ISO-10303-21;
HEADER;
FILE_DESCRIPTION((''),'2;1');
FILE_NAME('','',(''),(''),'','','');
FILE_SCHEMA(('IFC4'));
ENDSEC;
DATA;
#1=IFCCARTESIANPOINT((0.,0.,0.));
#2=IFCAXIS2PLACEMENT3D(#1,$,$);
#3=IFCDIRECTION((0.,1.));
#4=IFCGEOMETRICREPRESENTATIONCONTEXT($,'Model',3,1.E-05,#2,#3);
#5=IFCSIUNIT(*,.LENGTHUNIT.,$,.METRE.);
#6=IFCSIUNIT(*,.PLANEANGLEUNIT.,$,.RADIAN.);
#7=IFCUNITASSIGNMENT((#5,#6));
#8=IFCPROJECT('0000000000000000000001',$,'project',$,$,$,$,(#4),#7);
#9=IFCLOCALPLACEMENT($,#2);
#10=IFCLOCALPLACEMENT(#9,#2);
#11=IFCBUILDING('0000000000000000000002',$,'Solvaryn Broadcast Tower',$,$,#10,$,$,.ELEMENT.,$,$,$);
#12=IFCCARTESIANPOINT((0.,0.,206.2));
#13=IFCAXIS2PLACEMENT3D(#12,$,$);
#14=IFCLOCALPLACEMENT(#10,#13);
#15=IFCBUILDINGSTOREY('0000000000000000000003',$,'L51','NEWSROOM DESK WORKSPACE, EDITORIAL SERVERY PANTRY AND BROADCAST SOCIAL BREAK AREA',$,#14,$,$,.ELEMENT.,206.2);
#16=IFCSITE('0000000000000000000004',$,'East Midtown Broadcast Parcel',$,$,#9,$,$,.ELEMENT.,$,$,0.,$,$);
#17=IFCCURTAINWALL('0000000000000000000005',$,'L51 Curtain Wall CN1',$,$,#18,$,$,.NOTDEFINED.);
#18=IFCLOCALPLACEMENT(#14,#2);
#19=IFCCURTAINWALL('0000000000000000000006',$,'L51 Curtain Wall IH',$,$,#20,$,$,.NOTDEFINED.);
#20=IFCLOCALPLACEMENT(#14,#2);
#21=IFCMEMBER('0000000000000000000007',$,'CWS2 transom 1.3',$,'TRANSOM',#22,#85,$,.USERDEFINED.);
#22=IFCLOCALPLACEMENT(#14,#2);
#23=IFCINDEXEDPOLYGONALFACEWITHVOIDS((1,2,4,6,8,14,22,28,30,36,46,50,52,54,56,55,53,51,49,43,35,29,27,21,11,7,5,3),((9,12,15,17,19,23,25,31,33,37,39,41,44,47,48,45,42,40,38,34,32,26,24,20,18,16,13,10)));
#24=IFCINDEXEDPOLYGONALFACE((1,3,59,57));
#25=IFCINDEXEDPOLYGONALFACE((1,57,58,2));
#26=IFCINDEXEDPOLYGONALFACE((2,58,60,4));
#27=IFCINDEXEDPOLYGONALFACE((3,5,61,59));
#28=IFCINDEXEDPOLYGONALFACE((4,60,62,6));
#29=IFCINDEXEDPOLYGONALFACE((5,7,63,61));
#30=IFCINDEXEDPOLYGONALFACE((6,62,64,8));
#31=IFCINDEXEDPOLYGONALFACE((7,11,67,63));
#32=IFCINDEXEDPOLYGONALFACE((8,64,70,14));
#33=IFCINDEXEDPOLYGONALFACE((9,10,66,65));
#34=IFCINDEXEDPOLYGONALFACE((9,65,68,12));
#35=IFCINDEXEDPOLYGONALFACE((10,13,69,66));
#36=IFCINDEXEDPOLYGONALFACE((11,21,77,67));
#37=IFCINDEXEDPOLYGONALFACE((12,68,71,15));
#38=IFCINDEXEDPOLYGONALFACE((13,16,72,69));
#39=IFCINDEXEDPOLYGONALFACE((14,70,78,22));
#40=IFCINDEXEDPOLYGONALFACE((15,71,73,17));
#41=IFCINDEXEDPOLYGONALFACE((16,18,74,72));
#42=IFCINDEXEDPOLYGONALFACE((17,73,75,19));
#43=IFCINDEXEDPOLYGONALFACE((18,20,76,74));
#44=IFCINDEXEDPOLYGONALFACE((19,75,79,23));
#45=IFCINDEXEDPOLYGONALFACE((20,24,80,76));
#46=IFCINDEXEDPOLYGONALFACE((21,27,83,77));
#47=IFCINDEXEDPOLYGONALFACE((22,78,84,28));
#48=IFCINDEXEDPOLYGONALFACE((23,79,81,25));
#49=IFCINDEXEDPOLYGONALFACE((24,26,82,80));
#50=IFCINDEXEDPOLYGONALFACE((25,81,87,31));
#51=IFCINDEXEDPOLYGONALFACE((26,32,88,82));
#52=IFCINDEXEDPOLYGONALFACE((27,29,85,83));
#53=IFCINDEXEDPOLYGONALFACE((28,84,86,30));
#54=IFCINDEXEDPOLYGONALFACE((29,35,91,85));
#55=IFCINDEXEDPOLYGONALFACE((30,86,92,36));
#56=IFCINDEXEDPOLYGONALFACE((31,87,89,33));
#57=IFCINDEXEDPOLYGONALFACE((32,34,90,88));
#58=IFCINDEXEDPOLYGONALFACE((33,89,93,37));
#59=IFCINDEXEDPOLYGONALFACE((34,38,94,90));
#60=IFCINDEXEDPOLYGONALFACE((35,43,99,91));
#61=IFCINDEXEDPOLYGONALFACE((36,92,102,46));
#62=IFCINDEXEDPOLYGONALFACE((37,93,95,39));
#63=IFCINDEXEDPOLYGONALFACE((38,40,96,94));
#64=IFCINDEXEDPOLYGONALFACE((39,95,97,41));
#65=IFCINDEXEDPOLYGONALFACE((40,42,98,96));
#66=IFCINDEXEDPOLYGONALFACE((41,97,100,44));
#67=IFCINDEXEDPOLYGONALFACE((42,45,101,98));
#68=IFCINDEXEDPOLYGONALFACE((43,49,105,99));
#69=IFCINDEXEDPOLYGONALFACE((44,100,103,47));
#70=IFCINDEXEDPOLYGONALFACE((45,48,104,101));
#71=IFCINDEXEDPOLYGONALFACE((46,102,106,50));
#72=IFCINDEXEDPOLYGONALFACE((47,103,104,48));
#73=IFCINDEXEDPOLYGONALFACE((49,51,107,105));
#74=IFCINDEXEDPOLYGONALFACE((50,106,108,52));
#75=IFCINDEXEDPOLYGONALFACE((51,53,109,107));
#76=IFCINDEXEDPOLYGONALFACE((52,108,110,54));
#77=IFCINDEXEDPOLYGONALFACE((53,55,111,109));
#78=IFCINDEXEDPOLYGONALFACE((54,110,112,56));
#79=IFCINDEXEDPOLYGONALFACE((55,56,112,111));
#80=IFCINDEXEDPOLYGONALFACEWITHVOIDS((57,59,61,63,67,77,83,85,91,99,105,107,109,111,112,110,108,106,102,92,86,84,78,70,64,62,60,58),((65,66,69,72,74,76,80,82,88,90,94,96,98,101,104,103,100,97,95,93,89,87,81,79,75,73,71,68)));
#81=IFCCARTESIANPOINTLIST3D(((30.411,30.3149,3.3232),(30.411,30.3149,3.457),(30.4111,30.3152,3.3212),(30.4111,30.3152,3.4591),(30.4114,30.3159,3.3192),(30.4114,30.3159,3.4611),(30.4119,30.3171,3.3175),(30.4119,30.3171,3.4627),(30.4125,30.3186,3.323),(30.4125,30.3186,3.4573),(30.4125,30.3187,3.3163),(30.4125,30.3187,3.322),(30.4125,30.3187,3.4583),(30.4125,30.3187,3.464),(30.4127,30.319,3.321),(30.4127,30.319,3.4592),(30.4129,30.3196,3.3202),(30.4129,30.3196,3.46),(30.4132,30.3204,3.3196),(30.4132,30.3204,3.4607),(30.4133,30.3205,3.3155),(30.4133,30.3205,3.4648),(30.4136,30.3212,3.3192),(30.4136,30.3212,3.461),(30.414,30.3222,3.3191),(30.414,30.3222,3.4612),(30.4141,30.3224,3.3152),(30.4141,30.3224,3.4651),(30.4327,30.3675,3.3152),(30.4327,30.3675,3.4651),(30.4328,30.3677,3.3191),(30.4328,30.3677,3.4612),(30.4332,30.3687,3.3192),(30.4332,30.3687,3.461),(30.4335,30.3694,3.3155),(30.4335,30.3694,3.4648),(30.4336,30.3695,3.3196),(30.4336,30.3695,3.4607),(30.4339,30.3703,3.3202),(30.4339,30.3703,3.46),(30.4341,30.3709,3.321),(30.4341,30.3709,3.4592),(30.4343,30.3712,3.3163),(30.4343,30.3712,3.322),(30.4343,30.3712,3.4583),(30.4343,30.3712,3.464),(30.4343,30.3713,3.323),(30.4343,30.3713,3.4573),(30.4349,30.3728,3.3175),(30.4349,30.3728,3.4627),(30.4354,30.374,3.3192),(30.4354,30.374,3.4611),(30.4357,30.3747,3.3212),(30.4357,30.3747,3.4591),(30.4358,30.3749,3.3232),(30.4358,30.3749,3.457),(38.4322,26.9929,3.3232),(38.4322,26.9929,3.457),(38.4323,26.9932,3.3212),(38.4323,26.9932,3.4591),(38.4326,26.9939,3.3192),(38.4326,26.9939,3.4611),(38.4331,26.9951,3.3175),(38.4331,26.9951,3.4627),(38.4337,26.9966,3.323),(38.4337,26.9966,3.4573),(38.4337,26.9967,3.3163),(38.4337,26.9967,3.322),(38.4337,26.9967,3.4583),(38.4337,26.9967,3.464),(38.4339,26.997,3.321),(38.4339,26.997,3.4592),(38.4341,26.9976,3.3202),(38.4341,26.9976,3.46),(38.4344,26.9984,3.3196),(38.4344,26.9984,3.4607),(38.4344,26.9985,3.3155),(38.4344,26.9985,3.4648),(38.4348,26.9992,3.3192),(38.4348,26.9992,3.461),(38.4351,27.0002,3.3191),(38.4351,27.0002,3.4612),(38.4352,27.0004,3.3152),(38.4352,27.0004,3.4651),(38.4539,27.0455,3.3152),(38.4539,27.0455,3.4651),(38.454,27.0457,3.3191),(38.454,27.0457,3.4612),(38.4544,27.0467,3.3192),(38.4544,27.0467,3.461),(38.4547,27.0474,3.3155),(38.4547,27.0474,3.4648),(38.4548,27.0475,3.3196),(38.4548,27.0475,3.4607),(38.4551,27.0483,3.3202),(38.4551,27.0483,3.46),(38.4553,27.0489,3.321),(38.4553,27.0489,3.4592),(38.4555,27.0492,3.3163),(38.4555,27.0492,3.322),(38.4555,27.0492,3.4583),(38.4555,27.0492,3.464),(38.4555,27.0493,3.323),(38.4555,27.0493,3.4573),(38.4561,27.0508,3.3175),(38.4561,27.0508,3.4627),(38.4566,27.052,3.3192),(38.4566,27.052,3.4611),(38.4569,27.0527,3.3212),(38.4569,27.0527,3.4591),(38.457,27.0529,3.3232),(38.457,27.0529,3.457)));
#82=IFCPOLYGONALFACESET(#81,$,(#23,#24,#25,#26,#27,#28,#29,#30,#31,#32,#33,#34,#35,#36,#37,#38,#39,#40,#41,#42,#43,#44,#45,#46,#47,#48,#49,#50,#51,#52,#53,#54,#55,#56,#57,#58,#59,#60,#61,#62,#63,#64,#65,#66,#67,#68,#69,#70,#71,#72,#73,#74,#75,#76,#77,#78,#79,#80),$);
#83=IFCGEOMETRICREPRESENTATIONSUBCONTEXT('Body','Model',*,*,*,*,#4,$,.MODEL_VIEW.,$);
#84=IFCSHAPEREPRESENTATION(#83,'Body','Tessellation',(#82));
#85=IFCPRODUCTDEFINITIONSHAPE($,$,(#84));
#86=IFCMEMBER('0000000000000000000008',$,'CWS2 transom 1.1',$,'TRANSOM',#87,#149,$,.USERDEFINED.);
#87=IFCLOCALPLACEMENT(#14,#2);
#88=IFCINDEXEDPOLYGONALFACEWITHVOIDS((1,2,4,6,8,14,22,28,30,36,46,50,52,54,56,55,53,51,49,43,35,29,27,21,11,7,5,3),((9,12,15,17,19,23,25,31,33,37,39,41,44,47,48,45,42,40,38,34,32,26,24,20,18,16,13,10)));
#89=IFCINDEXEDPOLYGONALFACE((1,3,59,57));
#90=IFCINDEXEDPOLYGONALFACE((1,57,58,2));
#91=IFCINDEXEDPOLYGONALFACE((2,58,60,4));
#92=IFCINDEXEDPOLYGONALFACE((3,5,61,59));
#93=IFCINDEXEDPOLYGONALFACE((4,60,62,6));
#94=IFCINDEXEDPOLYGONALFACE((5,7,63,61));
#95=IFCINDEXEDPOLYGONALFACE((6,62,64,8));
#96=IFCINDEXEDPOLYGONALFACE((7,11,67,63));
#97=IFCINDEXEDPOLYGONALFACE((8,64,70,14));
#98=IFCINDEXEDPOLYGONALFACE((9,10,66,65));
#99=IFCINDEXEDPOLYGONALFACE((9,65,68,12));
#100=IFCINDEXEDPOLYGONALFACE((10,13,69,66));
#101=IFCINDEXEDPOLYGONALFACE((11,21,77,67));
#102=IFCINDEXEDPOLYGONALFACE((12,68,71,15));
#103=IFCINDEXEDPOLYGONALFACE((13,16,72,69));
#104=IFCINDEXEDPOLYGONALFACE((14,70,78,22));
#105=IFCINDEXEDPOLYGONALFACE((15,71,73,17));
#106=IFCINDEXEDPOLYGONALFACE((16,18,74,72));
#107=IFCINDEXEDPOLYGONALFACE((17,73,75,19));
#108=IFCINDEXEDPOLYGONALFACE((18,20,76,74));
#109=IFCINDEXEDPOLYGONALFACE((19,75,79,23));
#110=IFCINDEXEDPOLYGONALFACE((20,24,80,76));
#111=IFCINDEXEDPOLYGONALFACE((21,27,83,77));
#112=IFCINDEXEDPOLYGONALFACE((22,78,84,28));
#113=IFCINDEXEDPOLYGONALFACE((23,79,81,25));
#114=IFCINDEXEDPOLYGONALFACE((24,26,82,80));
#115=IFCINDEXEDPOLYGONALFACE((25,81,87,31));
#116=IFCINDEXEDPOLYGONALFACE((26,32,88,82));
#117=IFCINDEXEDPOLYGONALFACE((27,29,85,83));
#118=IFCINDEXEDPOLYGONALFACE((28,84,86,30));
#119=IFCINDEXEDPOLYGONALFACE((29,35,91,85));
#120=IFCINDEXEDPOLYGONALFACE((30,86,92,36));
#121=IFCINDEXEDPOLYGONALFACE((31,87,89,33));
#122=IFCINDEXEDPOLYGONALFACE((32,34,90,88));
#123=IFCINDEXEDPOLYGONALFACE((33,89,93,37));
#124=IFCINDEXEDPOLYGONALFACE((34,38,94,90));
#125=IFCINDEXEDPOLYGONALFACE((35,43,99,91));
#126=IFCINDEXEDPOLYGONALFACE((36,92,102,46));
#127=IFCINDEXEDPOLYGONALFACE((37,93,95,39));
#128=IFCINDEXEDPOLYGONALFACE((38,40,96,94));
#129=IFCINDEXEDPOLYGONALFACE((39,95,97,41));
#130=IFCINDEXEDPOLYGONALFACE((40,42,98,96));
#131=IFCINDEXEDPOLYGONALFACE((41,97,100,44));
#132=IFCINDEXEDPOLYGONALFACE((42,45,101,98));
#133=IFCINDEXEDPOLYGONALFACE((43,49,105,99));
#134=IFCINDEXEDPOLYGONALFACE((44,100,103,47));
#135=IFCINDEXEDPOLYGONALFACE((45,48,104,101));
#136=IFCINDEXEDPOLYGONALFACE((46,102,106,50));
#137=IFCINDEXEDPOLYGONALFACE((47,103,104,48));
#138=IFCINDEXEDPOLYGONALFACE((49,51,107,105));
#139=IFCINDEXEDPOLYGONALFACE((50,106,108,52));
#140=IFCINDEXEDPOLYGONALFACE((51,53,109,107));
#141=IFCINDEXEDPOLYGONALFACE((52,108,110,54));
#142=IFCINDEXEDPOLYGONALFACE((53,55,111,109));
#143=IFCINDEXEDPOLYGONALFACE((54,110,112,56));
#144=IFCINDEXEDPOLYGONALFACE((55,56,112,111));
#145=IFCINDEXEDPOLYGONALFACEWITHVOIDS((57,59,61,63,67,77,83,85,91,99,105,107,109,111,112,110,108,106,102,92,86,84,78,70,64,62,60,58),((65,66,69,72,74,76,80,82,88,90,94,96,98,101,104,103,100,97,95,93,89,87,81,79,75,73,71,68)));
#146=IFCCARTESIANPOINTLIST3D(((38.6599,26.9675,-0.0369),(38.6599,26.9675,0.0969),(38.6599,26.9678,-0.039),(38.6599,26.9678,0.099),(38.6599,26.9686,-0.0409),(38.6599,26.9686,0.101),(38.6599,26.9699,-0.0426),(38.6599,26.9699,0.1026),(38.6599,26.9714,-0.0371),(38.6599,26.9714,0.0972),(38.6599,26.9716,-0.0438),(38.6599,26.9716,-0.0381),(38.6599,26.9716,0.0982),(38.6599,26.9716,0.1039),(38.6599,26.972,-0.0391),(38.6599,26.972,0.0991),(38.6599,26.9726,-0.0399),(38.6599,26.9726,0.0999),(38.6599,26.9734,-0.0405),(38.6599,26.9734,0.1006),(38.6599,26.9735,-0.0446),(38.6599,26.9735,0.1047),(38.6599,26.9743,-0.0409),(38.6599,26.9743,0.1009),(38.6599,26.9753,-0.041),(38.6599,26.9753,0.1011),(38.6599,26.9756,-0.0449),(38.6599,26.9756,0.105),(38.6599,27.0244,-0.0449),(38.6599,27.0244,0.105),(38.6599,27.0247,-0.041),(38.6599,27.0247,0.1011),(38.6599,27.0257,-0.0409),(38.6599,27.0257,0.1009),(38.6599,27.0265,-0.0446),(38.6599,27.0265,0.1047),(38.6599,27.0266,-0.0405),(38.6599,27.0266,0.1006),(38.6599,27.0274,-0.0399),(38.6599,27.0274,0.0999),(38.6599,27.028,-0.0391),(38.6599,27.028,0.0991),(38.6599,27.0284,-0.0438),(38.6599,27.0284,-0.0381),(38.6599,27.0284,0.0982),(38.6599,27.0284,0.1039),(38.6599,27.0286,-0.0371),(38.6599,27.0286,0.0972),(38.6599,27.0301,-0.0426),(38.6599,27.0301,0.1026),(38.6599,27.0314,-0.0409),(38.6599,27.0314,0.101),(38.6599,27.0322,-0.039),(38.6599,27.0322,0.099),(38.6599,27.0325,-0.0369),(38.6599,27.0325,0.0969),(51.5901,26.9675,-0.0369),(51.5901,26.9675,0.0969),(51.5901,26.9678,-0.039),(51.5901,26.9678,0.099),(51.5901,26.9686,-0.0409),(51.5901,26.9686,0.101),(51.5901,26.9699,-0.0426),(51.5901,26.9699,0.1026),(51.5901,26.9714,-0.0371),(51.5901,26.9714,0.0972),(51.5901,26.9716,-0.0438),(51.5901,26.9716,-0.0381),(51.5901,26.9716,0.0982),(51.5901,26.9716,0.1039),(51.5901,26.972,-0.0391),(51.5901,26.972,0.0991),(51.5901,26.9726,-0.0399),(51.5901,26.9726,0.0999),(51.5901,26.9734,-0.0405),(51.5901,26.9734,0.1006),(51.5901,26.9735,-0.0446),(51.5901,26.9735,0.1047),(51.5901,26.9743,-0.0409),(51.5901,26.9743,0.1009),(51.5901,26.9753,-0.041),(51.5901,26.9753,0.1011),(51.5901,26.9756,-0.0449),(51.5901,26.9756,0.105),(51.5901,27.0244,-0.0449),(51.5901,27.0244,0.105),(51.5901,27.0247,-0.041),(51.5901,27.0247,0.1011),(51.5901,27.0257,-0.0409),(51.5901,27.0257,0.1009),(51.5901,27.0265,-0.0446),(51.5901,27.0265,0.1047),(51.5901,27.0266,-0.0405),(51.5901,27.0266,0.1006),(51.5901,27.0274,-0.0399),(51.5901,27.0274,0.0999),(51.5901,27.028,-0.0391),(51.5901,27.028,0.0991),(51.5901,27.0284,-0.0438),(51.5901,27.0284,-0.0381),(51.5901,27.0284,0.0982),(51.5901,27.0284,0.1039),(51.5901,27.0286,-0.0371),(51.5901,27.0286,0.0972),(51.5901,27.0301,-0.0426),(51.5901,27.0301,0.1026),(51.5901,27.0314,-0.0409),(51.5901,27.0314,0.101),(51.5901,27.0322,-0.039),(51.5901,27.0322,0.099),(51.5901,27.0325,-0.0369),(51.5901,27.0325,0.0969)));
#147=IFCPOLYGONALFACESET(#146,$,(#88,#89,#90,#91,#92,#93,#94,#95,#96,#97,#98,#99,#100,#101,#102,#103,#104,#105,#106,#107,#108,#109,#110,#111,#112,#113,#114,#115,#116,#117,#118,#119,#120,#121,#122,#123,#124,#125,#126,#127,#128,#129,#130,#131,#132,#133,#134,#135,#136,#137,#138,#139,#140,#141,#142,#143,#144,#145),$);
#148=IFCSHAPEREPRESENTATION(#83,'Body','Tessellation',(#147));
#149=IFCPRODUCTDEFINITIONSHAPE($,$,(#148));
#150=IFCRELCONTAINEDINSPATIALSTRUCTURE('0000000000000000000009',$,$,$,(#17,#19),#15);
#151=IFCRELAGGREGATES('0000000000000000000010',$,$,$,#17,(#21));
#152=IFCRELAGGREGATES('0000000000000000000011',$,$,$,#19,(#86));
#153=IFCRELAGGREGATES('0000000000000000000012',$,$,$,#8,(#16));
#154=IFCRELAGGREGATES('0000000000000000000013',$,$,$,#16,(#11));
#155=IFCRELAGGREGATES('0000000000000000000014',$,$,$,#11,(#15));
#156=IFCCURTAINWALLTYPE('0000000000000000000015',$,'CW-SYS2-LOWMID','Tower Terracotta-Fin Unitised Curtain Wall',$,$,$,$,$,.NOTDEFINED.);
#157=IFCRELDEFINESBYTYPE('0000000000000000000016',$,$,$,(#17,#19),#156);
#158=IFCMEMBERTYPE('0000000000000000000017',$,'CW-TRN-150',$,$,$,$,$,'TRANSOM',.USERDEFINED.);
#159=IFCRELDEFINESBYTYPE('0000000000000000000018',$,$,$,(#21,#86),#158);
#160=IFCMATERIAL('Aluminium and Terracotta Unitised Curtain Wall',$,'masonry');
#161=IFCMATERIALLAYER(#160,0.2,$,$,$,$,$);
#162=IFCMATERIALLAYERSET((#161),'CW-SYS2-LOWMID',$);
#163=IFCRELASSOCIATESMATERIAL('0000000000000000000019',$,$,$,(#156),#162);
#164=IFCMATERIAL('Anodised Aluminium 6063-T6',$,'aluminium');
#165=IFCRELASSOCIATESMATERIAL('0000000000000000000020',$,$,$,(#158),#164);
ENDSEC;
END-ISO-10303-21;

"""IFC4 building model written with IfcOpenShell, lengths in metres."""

from ifc_helpers import new_model, si_unit, direction, frame, origin, origin_2d, place, context, subcontext, project, spatial, hollow_rectangle, extrude, material, layer, layer_set, material_profile, profile_set, type_object, element, aggregate, save


model = new_model("IFC4")

# Units and contexts
model_context = context("Model", 3, precision=1e-05, world=origin(), true_north=direction((0.0, 1.0)))
body_context = subcontext(model_context, "Body", "Model", "MODEL_VIEW")
ifc_project = project(units=[si_unit("LENGTHUNIT", "METRE"), si_unit("PLANEANGLEUNIT", "RADIAN")], contexts=[model_context])

# Site, building, storey
site_placement = place(None, origin())
site = spatial("IfcSite", under=ifc_project, at=site_placement, Name="East Midtown Broadcast Parcel", CompositionType="ELEMENT", RefElevation=0.0)
building_placement = place(site_placement, origin())
building = spatial("IfcBuilding", under=site, at=building_placement, Name="Solvaryn Broadcast Tower", CompositionType="ELEMENT")
storey_placement = place(building_placement, frame((0.0, 0.0, 206.2)))
storey = spatial("IfcBuildingStorey", under=building, at=storey_placement, Name="L51", Description="NEWSROOM DESK WORKSPACE, EDITORIAL SERVERY PANTRY AND BROADCAST SOCIAL BREAK AREA", CompositionType="ELEMENT", Elevation=206.2)

# Curtain walls
ifc_material_1 = material(Name="Aluminium and Terracotta Unitised Curtain Wall", Category="masonry")
ifc_layer_1 = layer(ifc_material_1, 0.2)
ifc_layer_set_1 = layer_set([ifc_layer_1], Name="CW-SYS2-LOWMID")
curtain_wall_type = type_object("IfcCurtainWallType", Name="CW-SYS2-LOWMID", Description="Tower Terracotta-Fin Unitised Curtain Wall", PredefinedType="NOTDEFINED", material=ifc_layer_set_1)
curtain_wall_1_placement = place(storey_placement, origin())
curtain_wall_1 = element("IfcCurtainWall", 1, at=curtain_wall_1_placement, inside=storey, type_object=curtain_wall_type, Name="L51 Curtain Wall CN1", PredefinedType="NOTDEFINED")
curtain_wall_2_placement = place(storey_placement, origin())
curtain_wall_2 = element("IfcCurtainWall", 2, at=curtain_wall_2_placement, inside=storey, type_object=curtain_wall_type, Name="L51 Curtain Wall IH", PredefinedType="NOTDEFINED")

# Members
ifc_material_2 = material(Name="Anodised Aluminium 6063-T6", Category="aluminium")
ifc_material_profile_1 = material_profile(ifc_material_2, hollow_rectangle(XDim=0.0649, YDim=0.1499, WallThickness=0.0039, InnerFilletRadius=0.0039, OuterFilletRadius=0.0081, at=origin_2d()))
ifc_profile_set_1 = profile_set([ifc_material_profile_1], Name="Anodised Aluminium 6063-T6")
member_type_1 = type_object("IfcMemberType", Name="CW-TRN-150", ElementType="TRANSOM", PredefinedType="USERDEFINED", material=ifc_profile_set_1)
member_1_placement = place(storey_placement, frame((38.4446, 27.0229, 3.3901), z_axis=(-0.923899, 0.382636, 0.0), x_axis=(-0.382636, -0.923899, 0.0)))
member_1 = element("IfcMember", 3, at=member_1_placement, type_object=member_type_1, Name="CWS2 transom 1.3", ObjectType="TRANSOM", PredefinedType="USERDEFINED", context=body_context, shape_type="SweptSolid", body=[
    extrude(hollow_rectangle(XDim=0.0649, YDim=0.1499, WallThickness=0.0039, InnerFilletRadius=0.0039, OuterFilletRadius=0.0081, at=origin_2d()), origin(), (0.0, 0.0, 1.0), 8.6819),
])
aggregate(curtain_wall_1, [member_1])
member_2_placement = place(storey_placement, frame((38.6599, 27.0, 0.03), z_axis=(1.0, 0.0, 0.0), x_axis=(0.0, 1.0, 0.0)))
member_2 = element("IfcMember", 4, at=member_2_placement, type_object=member_type_1, Name="CWS2 transom 1.1", ObjectType="TRANSOM", PredefinedType="USERDEFINED", context=body_context, shape_type="SweptSolid", body=[
    extrude(hollow_rectangle(XDim=0.0649, YDim=0.1499, WallThickness=0.0039, InnerFilletRadius=0.0039, OuterFilletRadius=0.0081, at=origin_2d()), origin(), (0.0, 0.0, 1.0), 12.9302),
])
aggregate(curtain_wall_2, [member_2])

save(model, "model.ifc")
